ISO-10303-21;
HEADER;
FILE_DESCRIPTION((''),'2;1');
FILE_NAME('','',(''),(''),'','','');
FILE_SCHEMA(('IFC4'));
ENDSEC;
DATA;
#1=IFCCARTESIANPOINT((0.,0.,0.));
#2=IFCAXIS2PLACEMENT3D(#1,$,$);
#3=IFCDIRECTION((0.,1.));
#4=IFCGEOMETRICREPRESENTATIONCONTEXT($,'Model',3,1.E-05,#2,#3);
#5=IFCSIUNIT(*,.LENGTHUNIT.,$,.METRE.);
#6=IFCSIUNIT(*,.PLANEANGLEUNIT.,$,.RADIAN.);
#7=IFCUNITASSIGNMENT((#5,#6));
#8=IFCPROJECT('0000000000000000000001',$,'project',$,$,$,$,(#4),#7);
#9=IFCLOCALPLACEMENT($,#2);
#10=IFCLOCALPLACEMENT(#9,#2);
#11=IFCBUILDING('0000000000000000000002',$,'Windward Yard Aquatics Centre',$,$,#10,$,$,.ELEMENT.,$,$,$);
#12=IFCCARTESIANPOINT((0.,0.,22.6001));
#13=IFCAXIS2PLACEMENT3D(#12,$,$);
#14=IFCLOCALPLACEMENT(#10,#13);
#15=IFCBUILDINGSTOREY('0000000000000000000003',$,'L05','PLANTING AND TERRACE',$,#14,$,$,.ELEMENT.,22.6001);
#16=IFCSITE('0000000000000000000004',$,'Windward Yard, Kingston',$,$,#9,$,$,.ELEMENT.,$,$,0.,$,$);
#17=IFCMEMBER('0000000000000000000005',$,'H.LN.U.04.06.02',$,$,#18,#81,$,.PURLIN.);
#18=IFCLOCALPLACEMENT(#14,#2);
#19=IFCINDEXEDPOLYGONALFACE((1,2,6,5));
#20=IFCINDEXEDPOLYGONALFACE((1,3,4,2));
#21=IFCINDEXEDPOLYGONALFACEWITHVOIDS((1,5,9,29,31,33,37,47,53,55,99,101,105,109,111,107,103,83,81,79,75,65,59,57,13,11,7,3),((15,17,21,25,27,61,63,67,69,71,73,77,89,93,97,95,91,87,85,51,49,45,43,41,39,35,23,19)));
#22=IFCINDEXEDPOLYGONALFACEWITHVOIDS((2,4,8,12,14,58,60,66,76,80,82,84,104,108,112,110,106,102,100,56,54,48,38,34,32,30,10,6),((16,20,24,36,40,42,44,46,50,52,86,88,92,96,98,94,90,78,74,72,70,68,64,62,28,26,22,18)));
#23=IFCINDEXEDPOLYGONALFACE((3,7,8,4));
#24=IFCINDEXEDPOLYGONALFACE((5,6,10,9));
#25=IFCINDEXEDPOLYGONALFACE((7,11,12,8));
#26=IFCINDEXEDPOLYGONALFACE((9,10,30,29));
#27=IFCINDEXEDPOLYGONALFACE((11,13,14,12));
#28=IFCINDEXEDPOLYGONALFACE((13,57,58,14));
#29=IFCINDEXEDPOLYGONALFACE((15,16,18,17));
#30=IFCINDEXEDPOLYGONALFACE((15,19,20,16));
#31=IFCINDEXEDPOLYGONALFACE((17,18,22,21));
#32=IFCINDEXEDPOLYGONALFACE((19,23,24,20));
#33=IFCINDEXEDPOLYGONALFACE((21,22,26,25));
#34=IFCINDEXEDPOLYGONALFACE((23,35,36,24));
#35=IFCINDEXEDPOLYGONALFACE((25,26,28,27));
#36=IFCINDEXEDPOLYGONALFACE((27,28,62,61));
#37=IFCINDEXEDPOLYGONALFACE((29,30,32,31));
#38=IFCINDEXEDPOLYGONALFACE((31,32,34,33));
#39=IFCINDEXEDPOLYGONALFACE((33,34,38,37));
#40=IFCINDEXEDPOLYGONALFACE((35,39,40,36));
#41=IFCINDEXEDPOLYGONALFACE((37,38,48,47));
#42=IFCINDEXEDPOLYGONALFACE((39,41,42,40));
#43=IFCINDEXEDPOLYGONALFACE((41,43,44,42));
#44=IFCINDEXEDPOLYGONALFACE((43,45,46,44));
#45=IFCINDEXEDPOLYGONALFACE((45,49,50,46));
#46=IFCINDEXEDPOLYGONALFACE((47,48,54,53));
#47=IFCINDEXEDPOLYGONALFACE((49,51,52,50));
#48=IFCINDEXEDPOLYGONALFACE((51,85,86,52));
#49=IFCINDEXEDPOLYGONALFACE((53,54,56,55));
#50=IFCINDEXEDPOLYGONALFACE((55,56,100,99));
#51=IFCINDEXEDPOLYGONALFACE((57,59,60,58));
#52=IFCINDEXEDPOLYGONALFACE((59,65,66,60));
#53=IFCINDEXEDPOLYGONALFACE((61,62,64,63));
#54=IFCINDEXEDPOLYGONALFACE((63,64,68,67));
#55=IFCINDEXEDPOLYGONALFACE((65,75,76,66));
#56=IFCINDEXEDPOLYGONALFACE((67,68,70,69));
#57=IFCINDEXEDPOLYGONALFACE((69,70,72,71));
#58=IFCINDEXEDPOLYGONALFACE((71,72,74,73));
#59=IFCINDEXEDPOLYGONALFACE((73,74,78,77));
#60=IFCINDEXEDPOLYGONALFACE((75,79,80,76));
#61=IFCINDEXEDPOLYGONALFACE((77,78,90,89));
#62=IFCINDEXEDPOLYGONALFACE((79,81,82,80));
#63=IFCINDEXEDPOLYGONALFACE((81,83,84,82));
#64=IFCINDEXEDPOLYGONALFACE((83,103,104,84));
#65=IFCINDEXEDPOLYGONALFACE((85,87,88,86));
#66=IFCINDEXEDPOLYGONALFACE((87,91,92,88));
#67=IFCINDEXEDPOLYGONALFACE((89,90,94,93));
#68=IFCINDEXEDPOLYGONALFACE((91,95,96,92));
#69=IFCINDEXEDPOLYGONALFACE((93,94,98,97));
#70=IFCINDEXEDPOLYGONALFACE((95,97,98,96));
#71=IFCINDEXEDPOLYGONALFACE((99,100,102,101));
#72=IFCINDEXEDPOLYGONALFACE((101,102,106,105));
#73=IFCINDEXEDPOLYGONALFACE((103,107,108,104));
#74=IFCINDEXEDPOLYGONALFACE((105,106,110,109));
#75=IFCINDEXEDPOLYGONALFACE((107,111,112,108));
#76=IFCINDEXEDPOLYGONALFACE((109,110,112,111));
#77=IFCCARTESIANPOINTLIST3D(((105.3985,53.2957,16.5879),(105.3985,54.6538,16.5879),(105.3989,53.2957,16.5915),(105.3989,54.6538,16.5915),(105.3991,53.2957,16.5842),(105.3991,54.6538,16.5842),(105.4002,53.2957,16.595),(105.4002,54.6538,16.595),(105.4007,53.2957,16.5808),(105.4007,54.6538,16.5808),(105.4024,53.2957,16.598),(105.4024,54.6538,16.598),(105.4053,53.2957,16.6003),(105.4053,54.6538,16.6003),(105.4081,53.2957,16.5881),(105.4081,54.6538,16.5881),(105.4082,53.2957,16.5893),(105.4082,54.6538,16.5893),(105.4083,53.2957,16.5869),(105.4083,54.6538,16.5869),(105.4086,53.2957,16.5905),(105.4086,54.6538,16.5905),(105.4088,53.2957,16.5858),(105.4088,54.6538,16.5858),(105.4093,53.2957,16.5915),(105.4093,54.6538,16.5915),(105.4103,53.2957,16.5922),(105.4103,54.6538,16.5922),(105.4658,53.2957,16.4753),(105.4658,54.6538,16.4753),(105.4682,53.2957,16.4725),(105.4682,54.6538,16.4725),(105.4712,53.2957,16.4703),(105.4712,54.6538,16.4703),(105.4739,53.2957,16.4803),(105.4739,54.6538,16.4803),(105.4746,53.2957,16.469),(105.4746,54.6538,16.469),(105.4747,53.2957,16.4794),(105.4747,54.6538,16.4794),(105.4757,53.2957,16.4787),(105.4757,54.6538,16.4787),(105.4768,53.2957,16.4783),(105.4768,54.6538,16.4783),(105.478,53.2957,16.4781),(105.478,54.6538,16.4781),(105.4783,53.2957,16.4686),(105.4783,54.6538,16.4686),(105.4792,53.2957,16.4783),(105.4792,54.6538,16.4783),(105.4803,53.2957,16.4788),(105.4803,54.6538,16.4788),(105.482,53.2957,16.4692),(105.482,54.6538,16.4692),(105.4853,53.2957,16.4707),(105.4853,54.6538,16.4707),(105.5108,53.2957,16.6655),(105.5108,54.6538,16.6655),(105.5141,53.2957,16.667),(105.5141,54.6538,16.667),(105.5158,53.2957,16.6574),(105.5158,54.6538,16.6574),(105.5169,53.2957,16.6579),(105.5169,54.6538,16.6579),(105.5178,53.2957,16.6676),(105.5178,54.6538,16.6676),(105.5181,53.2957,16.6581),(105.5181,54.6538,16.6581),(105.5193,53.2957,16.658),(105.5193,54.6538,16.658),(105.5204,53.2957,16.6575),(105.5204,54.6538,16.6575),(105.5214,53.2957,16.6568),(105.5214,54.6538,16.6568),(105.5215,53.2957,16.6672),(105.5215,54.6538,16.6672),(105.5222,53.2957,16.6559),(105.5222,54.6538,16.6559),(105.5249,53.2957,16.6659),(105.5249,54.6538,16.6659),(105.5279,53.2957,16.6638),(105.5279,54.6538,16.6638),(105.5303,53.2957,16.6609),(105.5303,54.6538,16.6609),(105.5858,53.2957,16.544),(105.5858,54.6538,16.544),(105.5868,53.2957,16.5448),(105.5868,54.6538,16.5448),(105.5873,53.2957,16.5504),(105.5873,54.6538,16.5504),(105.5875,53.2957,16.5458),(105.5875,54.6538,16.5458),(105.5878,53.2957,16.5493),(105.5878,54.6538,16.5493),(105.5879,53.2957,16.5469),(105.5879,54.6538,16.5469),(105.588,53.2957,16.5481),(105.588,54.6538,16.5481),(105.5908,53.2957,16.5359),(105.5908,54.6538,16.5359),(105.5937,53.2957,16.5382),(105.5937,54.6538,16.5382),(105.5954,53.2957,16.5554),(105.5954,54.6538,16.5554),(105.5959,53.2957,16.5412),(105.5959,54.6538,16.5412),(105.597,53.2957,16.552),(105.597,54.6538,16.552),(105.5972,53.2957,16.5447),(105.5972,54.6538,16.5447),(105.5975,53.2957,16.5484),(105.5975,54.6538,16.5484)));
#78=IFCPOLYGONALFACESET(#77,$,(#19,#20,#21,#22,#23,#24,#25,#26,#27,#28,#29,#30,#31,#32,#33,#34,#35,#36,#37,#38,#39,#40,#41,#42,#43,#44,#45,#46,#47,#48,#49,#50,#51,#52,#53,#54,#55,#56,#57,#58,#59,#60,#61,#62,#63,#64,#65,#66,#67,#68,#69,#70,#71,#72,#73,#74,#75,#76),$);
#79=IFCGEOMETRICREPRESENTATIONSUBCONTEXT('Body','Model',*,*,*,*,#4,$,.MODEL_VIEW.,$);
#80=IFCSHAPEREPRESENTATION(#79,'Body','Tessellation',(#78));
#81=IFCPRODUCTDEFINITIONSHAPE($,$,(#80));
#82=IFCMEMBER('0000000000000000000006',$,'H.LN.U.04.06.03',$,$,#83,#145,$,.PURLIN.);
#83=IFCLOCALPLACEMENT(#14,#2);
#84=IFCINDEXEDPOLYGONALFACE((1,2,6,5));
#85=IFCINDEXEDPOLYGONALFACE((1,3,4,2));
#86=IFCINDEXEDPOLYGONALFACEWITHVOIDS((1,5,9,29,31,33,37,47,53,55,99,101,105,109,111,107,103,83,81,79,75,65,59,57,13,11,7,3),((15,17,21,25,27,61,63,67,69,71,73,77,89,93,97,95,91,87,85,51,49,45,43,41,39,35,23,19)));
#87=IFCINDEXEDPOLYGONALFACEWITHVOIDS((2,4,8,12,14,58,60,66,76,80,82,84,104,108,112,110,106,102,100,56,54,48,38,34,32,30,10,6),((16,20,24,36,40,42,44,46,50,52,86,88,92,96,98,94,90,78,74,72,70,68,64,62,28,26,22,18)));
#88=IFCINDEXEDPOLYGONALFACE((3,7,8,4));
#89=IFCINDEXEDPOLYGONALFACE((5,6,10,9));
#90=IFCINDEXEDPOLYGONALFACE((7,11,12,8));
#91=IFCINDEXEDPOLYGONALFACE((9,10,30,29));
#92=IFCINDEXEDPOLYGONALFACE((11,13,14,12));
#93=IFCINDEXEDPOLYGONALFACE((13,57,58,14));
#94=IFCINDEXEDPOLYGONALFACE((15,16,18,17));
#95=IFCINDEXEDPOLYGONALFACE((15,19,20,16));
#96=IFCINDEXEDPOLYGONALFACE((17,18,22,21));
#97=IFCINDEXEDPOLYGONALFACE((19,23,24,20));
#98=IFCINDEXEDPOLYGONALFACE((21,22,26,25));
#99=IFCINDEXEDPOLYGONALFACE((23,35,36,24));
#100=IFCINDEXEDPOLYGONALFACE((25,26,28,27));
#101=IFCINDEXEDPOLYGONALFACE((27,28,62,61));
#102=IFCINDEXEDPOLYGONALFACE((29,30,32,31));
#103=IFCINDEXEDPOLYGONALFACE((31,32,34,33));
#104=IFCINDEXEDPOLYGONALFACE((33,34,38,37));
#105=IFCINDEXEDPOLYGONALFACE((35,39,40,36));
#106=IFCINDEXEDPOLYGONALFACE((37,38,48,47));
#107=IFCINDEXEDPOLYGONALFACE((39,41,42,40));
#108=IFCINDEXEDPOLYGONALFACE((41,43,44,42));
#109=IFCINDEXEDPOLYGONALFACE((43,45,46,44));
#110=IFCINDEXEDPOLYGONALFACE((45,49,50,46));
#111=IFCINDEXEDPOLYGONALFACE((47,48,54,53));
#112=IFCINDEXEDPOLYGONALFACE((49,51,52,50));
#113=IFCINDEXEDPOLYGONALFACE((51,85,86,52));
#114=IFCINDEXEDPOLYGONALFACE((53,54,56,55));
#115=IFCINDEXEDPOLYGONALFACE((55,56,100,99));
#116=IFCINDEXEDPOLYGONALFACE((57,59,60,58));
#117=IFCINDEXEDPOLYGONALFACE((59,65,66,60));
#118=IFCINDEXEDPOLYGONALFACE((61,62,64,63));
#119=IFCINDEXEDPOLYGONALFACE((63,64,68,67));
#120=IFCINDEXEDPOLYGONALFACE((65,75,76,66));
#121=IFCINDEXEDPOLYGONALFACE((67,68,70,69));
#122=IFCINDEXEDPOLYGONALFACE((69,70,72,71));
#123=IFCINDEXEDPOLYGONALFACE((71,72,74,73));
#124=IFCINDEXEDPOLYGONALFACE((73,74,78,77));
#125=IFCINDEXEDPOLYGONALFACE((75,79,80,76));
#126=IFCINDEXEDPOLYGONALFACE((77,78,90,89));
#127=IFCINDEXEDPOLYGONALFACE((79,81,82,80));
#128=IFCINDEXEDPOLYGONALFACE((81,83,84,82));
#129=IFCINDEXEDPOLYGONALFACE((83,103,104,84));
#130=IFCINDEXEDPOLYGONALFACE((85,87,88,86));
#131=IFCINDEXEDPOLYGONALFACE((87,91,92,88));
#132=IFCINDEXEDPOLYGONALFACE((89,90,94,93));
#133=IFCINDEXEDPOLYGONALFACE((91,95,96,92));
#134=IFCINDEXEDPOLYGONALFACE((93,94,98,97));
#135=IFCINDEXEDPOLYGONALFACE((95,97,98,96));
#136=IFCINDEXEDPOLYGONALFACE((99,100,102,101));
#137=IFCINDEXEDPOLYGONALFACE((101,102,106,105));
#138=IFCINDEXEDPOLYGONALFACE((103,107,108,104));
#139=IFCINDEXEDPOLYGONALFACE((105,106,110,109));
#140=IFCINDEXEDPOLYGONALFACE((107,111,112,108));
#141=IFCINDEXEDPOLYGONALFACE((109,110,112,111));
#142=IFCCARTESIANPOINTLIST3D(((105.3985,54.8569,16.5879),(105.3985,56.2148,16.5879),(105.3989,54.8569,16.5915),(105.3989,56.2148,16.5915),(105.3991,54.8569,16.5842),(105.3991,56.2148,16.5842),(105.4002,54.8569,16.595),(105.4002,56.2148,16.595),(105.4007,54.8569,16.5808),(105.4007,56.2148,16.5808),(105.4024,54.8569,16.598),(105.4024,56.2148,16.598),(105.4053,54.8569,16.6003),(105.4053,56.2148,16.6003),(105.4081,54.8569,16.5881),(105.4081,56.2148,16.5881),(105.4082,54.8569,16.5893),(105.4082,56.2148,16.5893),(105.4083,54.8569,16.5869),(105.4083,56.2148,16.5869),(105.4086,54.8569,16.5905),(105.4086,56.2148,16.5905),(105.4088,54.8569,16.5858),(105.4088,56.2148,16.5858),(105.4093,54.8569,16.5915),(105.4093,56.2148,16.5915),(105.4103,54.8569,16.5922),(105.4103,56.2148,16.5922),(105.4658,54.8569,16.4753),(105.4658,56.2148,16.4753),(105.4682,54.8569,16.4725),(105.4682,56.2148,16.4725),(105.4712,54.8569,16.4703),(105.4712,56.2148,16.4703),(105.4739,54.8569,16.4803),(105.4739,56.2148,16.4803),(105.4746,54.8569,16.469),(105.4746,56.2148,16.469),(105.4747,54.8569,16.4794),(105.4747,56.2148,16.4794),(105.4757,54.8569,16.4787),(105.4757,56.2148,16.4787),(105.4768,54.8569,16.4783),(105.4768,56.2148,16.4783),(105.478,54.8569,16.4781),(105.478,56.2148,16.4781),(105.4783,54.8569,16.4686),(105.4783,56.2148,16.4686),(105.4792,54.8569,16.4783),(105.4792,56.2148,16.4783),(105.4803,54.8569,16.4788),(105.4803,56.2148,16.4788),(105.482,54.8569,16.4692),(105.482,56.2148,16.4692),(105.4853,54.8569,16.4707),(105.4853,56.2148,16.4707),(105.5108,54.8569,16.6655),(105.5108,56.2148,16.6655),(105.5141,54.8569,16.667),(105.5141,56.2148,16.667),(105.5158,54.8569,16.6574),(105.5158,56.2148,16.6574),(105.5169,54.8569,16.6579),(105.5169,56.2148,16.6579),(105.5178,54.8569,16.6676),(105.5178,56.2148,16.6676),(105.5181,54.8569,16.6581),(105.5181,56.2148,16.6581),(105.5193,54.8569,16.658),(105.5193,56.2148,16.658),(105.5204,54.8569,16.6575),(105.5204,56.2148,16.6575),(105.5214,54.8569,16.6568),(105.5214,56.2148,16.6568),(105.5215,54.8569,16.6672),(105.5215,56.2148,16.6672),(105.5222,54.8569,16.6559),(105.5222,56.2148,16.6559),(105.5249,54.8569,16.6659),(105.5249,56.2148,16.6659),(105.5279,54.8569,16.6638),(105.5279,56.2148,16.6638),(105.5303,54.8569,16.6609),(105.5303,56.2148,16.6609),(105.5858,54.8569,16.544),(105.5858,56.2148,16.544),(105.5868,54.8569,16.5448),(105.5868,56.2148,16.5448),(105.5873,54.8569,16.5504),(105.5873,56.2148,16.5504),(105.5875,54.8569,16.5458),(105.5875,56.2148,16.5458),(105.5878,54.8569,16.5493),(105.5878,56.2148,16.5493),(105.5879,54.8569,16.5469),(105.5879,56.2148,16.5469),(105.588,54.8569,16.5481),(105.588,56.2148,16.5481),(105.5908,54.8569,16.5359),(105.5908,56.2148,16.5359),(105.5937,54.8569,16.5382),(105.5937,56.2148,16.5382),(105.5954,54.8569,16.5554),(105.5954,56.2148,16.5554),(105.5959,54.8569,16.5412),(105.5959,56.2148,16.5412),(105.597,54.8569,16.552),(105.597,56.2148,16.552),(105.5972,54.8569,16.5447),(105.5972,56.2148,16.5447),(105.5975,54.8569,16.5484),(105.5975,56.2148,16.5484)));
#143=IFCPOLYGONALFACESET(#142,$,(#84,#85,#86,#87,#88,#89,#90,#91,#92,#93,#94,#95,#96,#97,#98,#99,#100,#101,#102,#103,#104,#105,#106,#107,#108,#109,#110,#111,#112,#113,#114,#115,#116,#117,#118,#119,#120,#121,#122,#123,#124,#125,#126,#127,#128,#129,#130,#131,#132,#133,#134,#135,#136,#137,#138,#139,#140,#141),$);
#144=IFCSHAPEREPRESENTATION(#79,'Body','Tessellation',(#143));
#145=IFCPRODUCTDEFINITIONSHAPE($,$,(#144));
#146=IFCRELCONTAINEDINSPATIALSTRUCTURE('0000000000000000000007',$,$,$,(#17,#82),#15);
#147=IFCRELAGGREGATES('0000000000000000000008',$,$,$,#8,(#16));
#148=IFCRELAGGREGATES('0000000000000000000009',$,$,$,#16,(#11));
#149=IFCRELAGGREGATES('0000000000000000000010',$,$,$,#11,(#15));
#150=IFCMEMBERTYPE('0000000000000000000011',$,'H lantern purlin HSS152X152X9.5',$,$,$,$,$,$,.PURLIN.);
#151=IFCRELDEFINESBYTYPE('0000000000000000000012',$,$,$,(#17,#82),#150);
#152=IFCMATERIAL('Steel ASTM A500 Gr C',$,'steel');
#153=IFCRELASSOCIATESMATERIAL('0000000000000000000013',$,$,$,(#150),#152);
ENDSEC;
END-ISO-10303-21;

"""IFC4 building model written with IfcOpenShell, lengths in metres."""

from ifc_helpers import new_model, si_unit, direction, frame, origin, origin_2d, place, context, subcontext, project, spatial, hollow_rectangle, extrude, material, material_profile, profile_set, type_object, element, save


model = new_model("IFC4")

# Units and contexts
model_context = context("Model", 3, precision=1e-05, world=origin(), true_north=direction((0.0, 1.0)))
body_context = subcontext(model_context, "Body", "Model", "MODEL_VIEW")
ifc_project = project(units=[si_unit("LENGTHUNIT", "METRE"), si_unit("PLANEANGLEUNIT", "RADIAN")], contexts=[model_context])

# Site, building, storey
site_placement = place(None, origin())
site = spatial("IfcSite", under=ifc_project, at=site_placement, Name="Windward Yard, Kingston", CompositionType="ELEMENT", RefElevation=0.0)
building_placement = place(site_placement, origin())
building = spatial("IfcBuilding", under=site, at=building_placement, Name="Windward Yard Aquatics Centre", CompositionType="ELEMENT")
storey_placement = place(building_placement, frame((0.0, 0.0, 22.6001)))
storey = spatial("IfcBuildingStorey", under=building, at=storey_placement, Name="L05", Description="PLANTING AND TERRACE", CompositionType="ELEMENT", Elevation=22.6001)

# Members
ifc_material_1 = material(Name="Steel ASTM A500 Gr C", Category="steel")
ifc_material_profile = material_profile(ifc_material_1, hollow_rectangle(XDim=0.1523, YDim=0.1523, WallThickness=0.0095, InnerFilletRadius=0.0046, OuterFilletRadius=0.0142, at=origin_2d()), Name="HSS152X152X9.5")
ifc_profile_set = profile_set([ifc_material_profile], Name="Steel ASTM A500 Gr C")
member_type = type_object("IfcMemberType", Name="H lantern purlin HSS152X152X9.5", PredefinedType="PURLIN", material=ifc_profile_set)
member_1_placement = place(storey_placement, frame((105.498, 53.2957, 16.5681), z_axis=(0.0, 1.0, 0.0), x_axis=(-0.850755, 0.0, -0.525562)))
element("IfcMember", 1, at=member_1_placement, inside=storey, type_object=member_type, Name="H.LN.U.04.06.02", PredefinedType="PURLIN", context=body_context, shape_type="SweptSolid", body=[
    extrude(hollow_rectangle(XDim=0.1523, YDim=0.1523, WallThickness=0.0095, InnerFilletRadius=0.0046, OuterFilletRadius=0.0142, at=origin_2d()), origin(), (0.0, 0.0, 1.0), 1.3582),
])
member_2_placement = place(storey_placement, frame((105.498, 54.8569, 16.5681), z_axis=(0.0, 1.0, 0.0), x_axis=(-0.850755, 0.0, -0.525562)))
element("IfcMember", 2, at=member_2_placement, inside=storey, type_object=member_type, Name="H.LN.U.04.06.03", PredefinedType="PURLIN", context=body_context, shape_type="SweptSolid", body=[
    extrude(hollow_rectangle(XDim=0.1523, YDim=0.1523, WallThickness=0.0095, InnerFilletRadius=0.0046, OuterFilletRadius=0.0142, at=origin_2d()), origin(), (0.0, 0.0, 1.0), 1.3579),
])

save(model, "model.ifc")
